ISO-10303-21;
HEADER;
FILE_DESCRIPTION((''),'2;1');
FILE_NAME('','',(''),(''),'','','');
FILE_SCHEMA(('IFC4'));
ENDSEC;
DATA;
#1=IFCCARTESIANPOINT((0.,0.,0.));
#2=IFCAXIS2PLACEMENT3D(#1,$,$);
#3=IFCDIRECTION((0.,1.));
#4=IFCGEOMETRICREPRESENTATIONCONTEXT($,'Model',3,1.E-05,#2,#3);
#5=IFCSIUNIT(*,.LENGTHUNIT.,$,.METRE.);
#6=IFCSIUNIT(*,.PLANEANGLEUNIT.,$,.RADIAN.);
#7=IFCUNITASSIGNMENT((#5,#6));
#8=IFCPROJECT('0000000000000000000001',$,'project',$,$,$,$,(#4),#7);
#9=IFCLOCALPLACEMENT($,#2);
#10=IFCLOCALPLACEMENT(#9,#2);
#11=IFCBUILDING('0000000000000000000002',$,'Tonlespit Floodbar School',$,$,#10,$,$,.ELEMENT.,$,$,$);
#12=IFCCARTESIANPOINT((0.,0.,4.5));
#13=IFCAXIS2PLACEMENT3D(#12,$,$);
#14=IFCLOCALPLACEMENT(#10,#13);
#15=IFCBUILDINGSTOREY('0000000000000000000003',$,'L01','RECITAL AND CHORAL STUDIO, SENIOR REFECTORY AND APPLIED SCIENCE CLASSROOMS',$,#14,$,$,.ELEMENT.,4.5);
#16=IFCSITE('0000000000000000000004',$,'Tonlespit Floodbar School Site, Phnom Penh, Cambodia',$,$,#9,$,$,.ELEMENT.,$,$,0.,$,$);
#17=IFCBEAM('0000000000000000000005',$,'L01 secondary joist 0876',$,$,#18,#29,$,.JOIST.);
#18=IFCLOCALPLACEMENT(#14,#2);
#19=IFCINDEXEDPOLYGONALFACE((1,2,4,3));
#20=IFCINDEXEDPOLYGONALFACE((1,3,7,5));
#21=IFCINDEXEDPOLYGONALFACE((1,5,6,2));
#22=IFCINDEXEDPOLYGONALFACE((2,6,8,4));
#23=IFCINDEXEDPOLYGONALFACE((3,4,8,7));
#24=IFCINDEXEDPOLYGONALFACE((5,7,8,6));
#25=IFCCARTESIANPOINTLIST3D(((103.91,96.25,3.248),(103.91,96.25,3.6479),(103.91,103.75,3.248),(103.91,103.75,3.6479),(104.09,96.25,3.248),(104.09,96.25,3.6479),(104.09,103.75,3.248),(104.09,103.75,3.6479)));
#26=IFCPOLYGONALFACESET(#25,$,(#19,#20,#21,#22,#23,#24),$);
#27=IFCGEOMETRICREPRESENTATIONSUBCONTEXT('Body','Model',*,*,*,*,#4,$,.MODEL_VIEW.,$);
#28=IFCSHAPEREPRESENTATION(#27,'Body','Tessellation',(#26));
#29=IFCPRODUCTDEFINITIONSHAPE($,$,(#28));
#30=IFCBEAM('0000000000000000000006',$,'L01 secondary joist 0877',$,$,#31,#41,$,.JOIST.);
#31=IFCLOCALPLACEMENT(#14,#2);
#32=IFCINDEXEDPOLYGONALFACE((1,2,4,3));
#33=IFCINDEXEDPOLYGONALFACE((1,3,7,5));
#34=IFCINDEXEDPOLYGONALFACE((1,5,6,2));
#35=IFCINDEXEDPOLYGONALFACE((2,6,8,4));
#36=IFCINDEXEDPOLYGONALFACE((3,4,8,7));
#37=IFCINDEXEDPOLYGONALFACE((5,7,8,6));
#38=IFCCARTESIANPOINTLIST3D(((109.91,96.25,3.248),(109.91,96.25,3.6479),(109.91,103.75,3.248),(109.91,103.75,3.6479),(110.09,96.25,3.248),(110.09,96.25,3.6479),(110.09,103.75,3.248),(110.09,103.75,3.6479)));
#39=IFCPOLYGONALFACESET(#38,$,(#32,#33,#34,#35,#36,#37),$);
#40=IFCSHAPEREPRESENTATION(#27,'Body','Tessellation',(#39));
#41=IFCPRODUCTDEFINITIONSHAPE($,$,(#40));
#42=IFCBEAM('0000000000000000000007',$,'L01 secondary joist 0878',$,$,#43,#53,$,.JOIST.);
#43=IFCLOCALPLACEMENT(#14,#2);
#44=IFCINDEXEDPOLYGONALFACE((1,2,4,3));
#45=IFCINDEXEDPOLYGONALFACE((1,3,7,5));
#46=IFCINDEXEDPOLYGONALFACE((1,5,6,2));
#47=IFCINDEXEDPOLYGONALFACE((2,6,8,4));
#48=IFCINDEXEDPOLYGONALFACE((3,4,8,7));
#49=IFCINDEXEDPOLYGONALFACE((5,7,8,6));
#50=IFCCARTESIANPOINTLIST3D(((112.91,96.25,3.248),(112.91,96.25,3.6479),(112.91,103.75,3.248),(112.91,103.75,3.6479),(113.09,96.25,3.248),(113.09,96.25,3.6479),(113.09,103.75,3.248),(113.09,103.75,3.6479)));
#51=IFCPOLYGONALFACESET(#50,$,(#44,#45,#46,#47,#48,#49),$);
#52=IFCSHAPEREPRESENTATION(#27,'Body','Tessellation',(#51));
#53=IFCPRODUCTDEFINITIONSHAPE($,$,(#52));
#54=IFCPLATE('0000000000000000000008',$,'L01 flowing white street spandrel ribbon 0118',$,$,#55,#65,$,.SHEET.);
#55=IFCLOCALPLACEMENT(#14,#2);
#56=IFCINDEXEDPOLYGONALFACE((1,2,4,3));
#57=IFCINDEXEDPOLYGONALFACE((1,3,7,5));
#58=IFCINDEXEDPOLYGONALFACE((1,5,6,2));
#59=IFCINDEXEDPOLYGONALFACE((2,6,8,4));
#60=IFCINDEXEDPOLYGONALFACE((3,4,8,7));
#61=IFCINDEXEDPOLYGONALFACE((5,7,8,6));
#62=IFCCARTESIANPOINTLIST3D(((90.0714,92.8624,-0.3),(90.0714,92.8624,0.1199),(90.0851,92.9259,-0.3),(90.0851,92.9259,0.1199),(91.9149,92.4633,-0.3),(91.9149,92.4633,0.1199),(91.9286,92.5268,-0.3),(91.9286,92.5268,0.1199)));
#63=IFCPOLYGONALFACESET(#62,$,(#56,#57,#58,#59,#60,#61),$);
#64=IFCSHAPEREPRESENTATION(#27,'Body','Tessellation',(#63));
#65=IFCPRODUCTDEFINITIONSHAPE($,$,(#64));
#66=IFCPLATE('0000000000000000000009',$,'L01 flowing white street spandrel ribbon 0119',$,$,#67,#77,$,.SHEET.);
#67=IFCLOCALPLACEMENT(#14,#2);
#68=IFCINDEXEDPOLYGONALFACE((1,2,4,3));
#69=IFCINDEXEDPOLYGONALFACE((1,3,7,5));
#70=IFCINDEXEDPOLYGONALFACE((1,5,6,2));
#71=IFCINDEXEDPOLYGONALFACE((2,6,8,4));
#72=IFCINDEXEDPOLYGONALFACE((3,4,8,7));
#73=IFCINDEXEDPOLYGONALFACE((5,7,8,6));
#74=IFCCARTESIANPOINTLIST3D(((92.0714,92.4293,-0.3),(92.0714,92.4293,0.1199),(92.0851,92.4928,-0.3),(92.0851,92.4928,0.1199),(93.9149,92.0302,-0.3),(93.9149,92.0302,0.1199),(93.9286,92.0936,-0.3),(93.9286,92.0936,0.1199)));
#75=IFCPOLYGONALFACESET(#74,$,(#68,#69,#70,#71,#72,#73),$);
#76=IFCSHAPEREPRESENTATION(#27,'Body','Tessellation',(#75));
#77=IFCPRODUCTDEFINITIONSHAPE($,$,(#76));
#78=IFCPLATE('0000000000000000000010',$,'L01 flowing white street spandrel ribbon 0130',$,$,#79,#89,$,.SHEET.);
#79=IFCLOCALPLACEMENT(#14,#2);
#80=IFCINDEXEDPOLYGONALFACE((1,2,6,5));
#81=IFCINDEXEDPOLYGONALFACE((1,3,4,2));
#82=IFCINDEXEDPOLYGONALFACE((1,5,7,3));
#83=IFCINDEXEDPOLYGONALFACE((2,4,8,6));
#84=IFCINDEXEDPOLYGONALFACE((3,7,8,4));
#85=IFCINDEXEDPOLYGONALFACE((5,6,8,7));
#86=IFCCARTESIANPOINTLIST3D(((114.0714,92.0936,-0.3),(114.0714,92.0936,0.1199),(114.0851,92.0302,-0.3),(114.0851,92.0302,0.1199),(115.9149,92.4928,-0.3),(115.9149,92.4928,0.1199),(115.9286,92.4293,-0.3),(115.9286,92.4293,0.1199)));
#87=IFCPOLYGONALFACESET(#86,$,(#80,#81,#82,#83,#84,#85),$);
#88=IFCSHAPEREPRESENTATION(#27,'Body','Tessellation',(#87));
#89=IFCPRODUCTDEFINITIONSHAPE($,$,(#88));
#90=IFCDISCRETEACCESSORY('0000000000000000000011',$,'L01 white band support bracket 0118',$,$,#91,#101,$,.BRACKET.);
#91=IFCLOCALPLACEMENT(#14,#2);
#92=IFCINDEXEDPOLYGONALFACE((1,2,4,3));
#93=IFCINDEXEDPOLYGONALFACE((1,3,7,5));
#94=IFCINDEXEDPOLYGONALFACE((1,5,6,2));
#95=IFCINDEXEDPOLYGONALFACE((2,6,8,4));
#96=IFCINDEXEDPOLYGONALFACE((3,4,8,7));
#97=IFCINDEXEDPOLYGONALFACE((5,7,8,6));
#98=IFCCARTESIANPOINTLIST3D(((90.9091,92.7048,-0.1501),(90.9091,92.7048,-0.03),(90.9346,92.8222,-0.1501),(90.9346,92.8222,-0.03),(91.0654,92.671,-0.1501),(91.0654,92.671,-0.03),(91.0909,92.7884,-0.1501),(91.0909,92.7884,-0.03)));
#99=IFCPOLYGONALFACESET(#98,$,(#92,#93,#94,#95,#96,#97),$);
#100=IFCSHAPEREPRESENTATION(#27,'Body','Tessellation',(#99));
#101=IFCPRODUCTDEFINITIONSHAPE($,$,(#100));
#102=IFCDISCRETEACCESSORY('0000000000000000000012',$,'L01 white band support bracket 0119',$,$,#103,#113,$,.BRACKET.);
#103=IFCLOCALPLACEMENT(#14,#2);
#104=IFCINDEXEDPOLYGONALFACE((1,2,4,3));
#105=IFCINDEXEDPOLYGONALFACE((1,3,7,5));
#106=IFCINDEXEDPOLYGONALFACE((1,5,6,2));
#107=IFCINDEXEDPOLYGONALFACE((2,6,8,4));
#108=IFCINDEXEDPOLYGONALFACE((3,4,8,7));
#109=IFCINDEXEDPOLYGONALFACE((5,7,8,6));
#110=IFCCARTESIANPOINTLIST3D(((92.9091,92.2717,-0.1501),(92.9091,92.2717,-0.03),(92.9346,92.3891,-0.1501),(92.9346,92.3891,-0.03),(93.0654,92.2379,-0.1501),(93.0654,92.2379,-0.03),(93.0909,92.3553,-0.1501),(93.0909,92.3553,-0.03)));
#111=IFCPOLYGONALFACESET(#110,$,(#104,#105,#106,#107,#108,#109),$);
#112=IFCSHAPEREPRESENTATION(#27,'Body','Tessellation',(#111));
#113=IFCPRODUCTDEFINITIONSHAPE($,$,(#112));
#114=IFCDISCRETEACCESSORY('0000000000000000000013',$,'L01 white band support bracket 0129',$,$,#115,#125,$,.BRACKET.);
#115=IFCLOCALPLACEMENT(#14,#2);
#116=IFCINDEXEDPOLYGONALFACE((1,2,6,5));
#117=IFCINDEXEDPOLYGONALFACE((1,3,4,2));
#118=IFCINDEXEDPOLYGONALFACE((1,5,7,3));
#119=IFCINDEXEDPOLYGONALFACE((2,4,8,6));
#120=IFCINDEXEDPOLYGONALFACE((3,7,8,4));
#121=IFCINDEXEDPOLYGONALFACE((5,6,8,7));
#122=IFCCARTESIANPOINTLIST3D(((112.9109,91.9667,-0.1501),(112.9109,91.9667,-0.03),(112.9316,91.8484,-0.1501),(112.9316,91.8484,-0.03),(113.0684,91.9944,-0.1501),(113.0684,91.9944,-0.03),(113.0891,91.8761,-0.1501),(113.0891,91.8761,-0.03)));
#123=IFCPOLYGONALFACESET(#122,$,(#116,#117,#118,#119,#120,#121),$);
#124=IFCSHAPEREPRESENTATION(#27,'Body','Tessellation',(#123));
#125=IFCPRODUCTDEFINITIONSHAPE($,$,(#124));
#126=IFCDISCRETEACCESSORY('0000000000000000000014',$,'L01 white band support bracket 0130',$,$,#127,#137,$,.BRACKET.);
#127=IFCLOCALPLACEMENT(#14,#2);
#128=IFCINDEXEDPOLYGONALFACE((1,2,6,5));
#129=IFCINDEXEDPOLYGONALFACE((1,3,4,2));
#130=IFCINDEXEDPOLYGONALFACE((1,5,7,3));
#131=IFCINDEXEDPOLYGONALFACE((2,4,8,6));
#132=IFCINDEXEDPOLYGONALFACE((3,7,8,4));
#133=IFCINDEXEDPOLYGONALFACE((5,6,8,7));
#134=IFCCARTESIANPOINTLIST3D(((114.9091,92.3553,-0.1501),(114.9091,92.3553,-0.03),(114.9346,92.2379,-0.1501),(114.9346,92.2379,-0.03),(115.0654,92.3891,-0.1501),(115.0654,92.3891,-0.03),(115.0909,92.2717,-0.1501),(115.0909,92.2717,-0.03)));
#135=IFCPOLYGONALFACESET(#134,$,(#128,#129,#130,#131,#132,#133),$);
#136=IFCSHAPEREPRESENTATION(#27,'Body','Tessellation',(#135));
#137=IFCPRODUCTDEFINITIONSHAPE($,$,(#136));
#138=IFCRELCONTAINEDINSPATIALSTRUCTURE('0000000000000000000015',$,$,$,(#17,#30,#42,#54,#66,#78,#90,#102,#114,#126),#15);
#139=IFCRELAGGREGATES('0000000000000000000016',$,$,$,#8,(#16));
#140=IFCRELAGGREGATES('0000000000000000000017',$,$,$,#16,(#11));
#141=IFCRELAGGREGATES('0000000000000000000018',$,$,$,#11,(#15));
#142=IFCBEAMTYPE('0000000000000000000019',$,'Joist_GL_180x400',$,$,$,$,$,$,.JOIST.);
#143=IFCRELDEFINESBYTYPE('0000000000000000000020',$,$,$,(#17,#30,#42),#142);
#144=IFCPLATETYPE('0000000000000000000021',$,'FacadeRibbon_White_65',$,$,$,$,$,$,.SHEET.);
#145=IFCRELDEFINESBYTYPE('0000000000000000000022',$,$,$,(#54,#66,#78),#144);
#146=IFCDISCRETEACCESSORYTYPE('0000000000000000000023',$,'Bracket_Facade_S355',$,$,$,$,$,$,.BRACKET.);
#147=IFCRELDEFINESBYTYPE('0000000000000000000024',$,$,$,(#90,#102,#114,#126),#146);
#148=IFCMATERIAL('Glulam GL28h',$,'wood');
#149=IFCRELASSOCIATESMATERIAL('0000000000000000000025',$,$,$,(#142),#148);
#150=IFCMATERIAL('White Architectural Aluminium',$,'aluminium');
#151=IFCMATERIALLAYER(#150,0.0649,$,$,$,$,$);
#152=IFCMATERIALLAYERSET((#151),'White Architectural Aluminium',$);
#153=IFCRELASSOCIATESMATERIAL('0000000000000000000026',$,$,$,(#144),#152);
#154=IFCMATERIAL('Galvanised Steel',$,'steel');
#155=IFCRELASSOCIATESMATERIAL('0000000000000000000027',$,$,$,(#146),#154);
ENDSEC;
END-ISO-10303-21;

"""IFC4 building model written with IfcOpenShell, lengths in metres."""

from ifc_helpers import new_model, si_unit, direction, frame, origin, origin_2d, place, context, subcontext, project, spatial, rectangle, extrude, material, layer, layer_set, material_profile, profile_set, type_object, element, save


model = new_model("IFC4")

# Units and contexts
model_context = context("Model", 3, precision=1e-05, world=origin(), true_north=direction((0.0, 1.0)))
body_context = subcontext(model_context, "Body", "Model", "MODEL_VIEW")
ifc_project = project(units=[si_unit("LENGTHUNIT", "METRE"), si_unit("PLANEANGLEUNIT", "RADIAN")], contexts=[model_context])

# Site, building, storey
site_placement = place(None, origin())
site = spatial("IfcSite", under=ifc_project, at=site_placement, Name="Tonlespit Floodbar School Site, Phnom Penh, Cambodia", CompositionType="ELEMENT", RefElevation=0.0)
building_placement = place(site_placement, origin())
building = spatial("IfcBuilding", under=site, at=building_placement, Name="Tonlespit Floodbar School", CompositionType="ELEMENT")
storey_placement = place(building_placement, frame((0.0, 0.0, 4.5)))
storey = spatial("IfcBuildingStorey", under=building, at=storey_placement, Name="L01", Description="RECITAL AND CHORAL STUDIO, SENIOR REFECTORY AND APPLIED SCIENCE CLASSROOMS", CompositionType="ELEMENT", Elevation=4.5)

# Beams
ifc_material_1 = material(Name="Glulam GL28h", Category="wood")
ifc_material_profile_1 = material_profile(ifc_material_1, rectangle(XDim=0.1799, YDim=0.3999, at=origin_2d()), Name="GL 180x400")
ifc_profile_set_1 = profile_set([ifc_material_profile_1], Name="Glulam GL28h")
beam_type_1 = type_object("IfcBeamType", Name="Joist_GL_180x400", PredefinedType="JOIST", material=ifc_profile_set_1)
for number, where, z_axis, x_axis, name in (
    (1, (104.0, 96.25, 3.448), (0.0, 1.0, 0.0), (-1.0, 0.0, 0.0), "L01 secondary joist 0876"),
    (2, (110.0, 96.25, 3.448), (0.0, 1.0, 0.0), (-1.0, 0.0, 0.0), "L01 secondary joist 0877"),
    (3, (113.0, 96.25, 3.448), (0.0, 1.0, 0.0), (-1.0, 0.0, 0.0), "L01 secondary joist 0878"),
):
    element("IfcBeam", number, at=place(storey_placement, frame(where, z_axis=z_axis, x_axis=x_axis)), inside=storey, type_object=beam_type_1, Name=name, PredefinedType="JOIST", context=body_context, shape_type="SweptSolid", body=[
        extrude(rectangle(XDim=0.1799, YDim=0.3999, at=origin_2d()), origin(), (0.0, 0.0, 1.0), 7.5),
    ])

# Plates
ifc_material_2 = material(Name="White Architectural Aluminium", Category="aluminium")
ifc_layer = layer(ifc_material_2, 0.0649)
ifc_layer_set = layer_set([ifc_layer], Name="White Architectural Aluminium")
plate_type = type_object("IfcPlateType", Name="FacadeRibbon_White_65", PredefinedType="SHEET", material=ifc_layer_set)
for number, where, z_axis, x_axis, name in (
    (4, (91.0, 92.6946, -0.3), (0.0, 0.0, 1.0), (0.977357, -0.211598, 0.0), "L01 flowing white street spandrel ribbon 0118"),
    (5, (93.0, 92.2615, -0.3), (0.0, 0.0, 1.0), (0.977357, -0.211598, 0.0), "L01 flowing white street spandrel ribbon 0119"),
    (6, (115.0, 92.2615, -0.3), (0.0, 0.0, 1.0), (0.977357, 0.211598, 0.0), "L01 flowing white street spandrel ribbon 0130"),
):
    element("IfcPlate", number, at=place(storey_placement, frame(where, z_axis=z_axis, x_axis=x_axis)), inside=storey, type_object=plate_type, Name=name, PredefinedType="SHEET", context=body_context, shape_type="SweptSolid", body=[
        extrude(rectangle(XDim=1.8862, YDim=0.0649, at=origin_2d()), origin(), (0.0, 0.0, 1.0), 0.4199),
    ])

# Discrete accessories
ifc_material_3 = material(Name="Galvanised Steel", Category="steel")
discrete_accessory_type = type_object("IfcDiscreteAccessoryType", Name="Bracket_Facade_S355", PredefinedType="BRACKET", material=ifc_material_3)
for number, where, z_axis, x_axis, name in (
    (7, (91.0, 92.7466, -0.1501), (0.0, 0.0, 1.0), (0.977357, -0.211598, 0.0), "L01 white band support bracket 0118"),
    (8, (93.0, 92.3135, -0.1501), (0.0, 0.0, 1.0), (0.977357, -0.211598, 0.0), "L01 white band support bracket 0119"),
    (9, (113.0, 91.9214, -0.1501), (0.0, 0.0, 1.0), (0.984905, 0.173096, 0.0), "L01 white band support bracket 0129"),
    (10, (115.0, 92.3135, -0.1501), (0.0, 0.0, 1.0), (0.977357, 0.211598, 0.0), "L01 white band support bracket 0130"),
):
    element("IfcDiscreteAccessory", number, at=place(storey_placement, frame(where, z_axis=z_axis, x_axis=x_axis)), inside=storey, type_object=discrete_accessory_type, Name=name, PredefinedType="BRACKET", context=body_context, shape_type="SweptSolid", body=[
        extrude(rectangle(XDim=0.1599, YDim=0.1201, at=origin_2d()), origin(), (0.0, 0.0, 1.0), 0.1201),
    ])

save(model, "model.ifc")
